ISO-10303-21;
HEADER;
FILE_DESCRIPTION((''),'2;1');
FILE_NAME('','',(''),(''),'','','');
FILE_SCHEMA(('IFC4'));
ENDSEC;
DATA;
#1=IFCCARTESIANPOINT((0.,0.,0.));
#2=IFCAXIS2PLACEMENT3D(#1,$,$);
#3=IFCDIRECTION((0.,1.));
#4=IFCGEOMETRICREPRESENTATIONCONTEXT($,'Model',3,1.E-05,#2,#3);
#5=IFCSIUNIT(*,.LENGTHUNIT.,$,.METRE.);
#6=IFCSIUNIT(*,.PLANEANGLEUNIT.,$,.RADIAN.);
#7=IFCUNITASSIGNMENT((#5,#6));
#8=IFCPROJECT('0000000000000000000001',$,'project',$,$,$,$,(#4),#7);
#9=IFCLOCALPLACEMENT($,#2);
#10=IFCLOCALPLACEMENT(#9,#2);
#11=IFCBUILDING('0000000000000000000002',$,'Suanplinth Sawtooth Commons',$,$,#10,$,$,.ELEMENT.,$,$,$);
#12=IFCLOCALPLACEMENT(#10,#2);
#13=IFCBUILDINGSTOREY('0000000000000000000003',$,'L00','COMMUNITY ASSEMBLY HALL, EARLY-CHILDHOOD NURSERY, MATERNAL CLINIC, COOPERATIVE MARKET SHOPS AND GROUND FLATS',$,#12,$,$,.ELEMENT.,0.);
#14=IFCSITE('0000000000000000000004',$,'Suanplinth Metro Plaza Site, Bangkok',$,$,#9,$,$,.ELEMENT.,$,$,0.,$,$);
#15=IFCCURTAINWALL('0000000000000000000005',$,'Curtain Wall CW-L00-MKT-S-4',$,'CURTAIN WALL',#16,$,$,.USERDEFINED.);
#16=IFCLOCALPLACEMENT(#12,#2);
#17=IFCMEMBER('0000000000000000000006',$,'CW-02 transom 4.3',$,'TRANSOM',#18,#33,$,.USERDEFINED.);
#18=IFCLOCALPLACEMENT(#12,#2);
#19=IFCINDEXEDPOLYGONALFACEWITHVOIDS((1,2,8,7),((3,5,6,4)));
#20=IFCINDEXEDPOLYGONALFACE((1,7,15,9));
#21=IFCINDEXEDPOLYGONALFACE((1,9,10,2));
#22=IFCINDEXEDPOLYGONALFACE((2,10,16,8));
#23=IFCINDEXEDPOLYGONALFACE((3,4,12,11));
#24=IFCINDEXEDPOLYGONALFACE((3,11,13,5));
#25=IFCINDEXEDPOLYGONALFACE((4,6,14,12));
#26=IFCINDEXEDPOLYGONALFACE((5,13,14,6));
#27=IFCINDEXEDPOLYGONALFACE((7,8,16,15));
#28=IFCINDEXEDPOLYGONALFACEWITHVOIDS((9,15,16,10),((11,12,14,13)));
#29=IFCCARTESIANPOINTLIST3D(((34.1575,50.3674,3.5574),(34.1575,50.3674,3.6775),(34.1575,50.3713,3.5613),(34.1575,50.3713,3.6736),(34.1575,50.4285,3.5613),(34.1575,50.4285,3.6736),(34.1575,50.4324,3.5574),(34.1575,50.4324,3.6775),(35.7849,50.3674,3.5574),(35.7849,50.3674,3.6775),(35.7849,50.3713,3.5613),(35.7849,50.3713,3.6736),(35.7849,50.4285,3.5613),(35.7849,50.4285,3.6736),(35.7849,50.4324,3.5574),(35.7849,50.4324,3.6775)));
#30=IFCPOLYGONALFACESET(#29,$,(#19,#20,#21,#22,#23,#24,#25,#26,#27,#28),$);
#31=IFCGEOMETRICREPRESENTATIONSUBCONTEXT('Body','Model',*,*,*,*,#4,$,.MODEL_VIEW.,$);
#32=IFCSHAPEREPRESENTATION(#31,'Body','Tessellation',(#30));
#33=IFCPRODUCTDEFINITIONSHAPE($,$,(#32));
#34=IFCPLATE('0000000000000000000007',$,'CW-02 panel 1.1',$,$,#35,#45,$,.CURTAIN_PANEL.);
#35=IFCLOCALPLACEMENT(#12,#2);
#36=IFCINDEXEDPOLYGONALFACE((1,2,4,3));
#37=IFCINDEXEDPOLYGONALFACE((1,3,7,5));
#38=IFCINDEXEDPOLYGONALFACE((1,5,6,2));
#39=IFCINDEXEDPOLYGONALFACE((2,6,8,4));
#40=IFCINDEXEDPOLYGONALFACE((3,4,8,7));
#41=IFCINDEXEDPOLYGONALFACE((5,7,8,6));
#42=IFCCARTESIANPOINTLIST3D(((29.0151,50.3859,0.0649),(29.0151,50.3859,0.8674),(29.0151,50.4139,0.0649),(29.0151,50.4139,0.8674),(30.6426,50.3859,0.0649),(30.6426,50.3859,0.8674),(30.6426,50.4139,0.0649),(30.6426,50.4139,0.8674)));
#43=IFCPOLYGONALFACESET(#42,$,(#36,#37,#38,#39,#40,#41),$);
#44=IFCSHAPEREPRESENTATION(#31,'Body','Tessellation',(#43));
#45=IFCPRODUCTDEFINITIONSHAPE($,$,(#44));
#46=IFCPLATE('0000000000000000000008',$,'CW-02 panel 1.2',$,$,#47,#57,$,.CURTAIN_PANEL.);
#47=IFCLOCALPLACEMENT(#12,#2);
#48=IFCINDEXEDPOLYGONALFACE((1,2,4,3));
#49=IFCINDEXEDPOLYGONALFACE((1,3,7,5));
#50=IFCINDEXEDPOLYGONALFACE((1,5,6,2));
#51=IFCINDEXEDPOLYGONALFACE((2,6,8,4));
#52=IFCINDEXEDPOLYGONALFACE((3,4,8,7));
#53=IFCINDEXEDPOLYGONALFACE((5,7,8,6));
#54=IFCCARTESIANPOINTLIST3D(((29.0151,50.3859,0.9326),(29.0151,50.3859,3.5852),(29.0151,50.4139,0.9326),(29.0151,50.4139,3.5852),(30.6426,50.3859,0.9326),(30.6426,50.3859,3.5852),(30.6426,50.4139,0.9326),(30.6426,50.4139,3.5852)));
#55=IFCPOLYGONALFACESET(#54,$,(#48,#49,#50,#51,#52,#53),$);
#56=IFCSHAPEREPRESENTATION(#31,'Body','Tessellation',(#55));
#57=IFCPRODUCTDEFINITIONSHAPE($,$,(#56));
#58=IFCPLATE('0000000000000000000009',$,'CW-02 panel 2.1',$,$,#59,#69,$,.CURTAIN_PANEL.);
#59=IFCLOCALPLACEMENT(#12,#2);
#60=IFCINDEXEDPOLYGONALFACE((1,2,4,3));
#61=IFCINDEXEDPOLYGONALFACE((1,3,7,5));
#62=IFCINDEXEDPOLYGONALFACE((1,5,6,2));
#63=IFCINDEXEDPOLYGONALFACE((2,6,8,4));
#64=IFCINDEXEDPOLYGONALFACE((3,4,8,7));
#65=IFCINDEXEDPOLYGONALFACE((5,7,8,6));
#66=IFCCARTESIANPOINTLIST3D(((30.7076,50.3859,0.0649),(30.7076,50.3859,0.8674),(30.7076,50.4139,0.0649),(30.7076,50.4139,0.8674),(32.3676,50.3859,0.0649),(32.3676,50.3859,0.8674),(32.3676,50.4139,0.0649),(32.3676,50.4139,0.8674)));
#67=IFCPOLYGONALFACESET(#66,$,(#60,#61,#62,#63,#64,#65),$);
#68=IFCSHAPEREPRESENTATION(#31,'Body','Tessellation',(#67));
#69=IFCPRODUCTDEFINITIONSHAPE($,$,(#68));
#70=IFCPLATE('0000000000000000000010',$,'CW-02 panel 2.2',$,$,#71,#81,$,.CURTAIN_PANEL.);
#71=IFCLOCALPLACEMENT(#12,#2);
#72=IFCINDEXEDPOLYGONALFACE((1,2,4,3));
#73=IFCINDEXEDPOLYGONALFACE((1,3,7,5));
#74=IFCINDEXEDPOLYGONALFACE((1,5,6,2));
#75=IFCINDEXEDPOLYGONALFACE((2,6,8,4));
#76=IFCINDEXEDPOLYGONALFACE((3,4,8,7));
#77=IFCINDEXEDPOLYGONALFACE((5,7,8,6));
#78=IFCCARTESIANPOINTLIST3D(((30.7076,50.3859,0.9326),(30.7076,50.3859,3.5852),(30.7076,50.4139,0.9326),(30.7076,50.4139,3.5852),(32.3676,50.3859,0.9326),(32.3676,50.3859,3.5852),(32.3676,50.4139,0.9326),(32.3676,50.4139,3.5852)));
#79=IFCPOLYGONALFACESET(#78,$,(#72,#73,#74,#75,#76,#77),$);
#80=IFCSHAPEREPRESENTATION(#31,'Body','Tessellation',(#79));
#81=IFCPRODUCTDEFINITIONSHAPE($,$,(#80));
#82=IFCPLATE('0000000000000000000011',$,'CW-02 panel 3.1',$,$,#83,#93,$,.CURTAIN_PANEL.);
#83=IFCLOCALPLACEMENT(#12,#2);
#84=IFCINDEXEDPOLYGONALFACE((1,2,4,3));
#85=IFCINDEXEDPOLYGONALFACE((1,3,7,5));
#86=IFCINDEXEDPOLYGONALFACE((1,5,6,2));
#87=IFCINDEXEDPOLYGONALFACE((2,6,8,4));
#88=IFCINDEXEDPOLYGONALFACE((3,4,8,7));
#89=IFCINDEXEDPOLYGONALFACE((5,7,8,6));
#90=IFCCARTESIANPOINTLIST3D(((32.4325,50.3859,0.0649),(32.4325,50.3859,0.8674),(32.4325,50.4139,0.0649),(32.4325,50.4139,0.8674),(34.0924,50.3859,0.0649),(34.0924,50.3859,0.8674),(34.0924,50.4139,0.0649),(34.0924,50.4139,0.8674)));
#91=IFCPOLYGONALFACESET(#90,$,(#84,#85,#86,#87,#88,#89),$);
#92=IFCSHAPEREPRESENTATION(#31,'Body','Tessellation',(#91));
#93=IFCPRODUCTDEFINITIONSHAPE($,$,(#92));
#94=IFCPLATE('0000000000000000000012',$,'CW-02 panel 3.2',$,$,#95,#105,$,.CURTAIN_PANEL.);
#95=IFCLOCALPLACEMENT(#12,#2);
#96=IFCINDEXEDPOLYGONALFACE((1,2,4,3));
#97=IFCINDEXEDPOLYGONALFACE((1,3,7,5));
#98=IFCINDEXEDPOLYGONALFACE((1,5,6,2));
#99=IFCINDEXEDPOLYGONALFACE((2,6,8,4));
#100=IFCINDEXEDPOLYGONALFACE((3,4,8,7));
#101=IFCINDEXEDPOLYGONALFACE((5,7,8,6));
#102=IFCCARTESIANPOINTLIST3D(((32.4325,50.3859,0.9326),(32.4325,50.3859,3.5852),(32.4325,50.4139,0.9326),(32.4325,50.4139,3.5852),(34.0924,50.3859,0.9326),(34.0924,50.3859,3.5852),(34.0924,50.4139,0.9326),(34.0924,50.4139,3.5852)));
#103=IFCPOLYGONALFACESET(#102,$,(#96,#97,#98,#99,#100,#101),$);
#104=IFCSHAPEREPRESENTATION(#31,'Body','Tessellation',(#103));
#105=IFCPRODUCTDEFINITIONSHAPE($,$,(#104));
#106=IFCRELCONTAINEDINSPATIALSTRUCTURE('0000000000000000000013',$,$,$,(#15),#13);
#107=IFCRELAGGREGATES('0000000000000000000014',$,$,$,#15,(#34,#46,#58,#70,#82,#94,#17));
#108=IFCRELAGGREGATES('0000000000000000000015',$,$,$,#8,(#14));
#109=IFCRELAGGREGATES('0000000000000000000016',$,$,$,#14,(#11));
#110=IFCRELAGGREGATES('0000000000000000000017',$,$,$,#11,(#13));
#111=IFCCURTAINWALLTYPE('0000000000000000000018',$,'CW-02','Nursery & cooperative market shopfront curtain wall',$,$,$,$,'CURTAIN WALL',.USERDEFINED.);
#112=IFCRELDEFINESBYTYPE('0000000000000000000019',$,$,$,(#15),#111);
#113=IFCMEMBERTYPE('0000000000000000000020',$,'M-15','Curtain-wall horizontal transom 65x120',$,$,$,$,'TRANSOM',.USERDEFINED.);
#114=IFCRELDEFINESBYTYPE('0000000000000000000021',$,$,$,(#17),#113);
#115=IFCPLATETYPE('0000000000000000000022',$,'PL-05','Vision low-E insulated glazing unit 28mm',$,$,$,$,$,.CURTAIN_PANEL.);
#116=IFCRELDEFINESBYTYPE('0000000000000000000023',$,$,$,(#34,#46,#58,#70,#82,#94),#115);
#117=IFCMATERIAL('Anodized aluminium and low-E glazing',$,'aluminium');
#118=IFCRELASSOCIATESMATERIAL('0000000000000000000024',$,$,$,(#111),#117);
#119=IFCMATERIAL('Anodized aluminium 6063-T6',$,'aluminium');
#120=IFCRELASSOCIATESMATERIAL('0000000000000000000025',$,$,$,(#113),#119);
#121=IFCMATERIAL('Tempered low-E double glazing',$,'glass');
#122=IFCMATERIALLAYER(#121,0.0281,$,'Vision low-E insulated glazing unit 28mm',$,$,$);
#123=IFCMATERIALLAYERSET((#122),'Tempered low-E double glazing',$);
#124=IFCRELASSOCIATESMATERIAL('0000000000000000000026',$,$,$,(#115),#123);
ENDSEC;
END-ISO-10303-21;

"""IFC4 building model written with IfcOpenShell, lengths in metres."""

from ifc_helpers import new_model, si_unit, direction, frame, origin, origin_2d, place, context, subcontext, project, spatial, rectangle, hollow_rectangle, extrude, material, layer, layer_set, material_profile, profile_set, type_object, element, aggregate, save


model = new_model("IFC4")

# Units and contexts
model_context = context("Model", 3, precision=1e-05, world=origin(), true_north=direction((0.0, 1.0)))
body_context = subcontext(model_context, "Body", "Model", "MODEL_VIEW")
ifc_project = project(units=[si_unit("LENGTHUNIT", "METRE"), si_unit("PLANEANGLEUNIT", "RADIAN")], contexts=[model_context])

# Site, building, storey
site_placement = place(None, origin())
site = spatial("IfcSite", under=ifc_project, at=site_placement, Name="Suanplinth Metro Plaza Site, Bangkok", CompositionType="ELEMENT", RefElevation=0.0)
building_placement = place(site_placement, origin())
building = spatial("IfcBuilding", under=site, at=building_placement, Name="Suanplinth Sawtooth Commons", CompositionType="ELEMENT")
storey_placement = place(building_placement, origin())
storey = spatial("IfcBuildingStorey", under=building, at=storey_placement, Name="L00", Description="COMMUNITY ASSEMBLY HALL, EARLY-CHILDHOOD NURSERY, MATERNAL CLINIC, COOPERATIVE MARKET SHOPS AND GROUND FLATS", CompositionType="ELEMENT", Elevation=0.0)

# Curtain wall, member, plates
ifc_material_1 = material(Name="Anodized aluminium and low-E glazing", Category="aluminium")
curtain_wall_type = type_object("IfcCurtainWallType", Name="CW-02", Description="Nursery & cooperative market shopfront curtain wall", ElementType="CURTAIN WALL", PredefinedType="USERDEFINED", material=ifc_material_1)
curtain_wall_placement = place(storey_placement, origin())
curtain_wall = element("IfcCurtainWall", 1, at=curtain_wall_placement, inside=storey, type_object=curtain_wall_type, Name="Curtain Wall CW-L00-MKT-S-4", ObjectType="CURTAIN WALL", PredefinedType="USERDEFINED")
ifc_material_2 = material(Name="Anodized aluminium 6063-T6", Category="aluminium")
ifc_material_profile_1 = material_profile(ifc_material_2, hollow_rectangle(XDim=0.0649, YDim=0.1201, WallThickness=0.0039, at=origin_2d()), Name="ALU-TRN 65x120")
ifc_profile_set_1 = profile_set([ifc_material_profile_1], Name="Anodized aluminium 6063-T6")
member_type_1 = type_object("IfcMemberType", Name="M-15", Description="Curtain-wall horizontal transom 65x120", ElementType="TRANSOM", PredefinedType="USERDEFINED", material=ifc_profile_set_1)
member_1_placement = place(storey_placement, frame((34.1575, 50.3999, 3.6174), z_axis=(1.0, 0.0, 0.0), x_axis=(0.0, 1.0, 0.0)))
member_1 = element("IfcMember", 2, at=member_1_placement, type_object=member_type_1, Name="CW-02 transom 4.3", ObjectType="TRANSOM", PredefinedType="USERDEFINED", context=body_context, shape_type="SweptSolid", body=[
    extrude(hollow_rectangle(XDim=0.0649, YDim=0.1201, WallThickness=0.0039, at=origin_2d()), origin(), (0.0, 0.0, 1.0), 1.6274),
])
ifc_material_3 = material(Name="Tempered low-E double glazing", Category="glass")
ifc_layer = layer(ifc_material_3, 0.0281, Name="Vision low-E insulated glazing unit 28mm")
ifc_layer_set = layer_set([ifc_layer], Name="Tempered low-E double glazing")
plate_type = type_object("IfcPlateType", Name="PL-05", Description="Vision low-E insulated glazing unit 28mm", PredefinedType="CURTAIN_PANEL", material=ifc_layer_set)
plate_1_placement = place(storey_placement, frame((29.8289, 50.3999, 0.0649), z_axis=(0.0, 0.0, 1.0), x_axis=(1.0, 0.0, 0.0)))
plate_1 = element("IfcPlate", 3, at=plate_1_placement, type_object=plate_type, Name="CW-02 panel 1.1", PredefinedType="CURTAIN_PANEL", context=body_context, shape_type="SweptSolid", body=[
    extrude(rectangle(XDim=1.6274, YDim=0.0281, at=origin_2d()), origin(), (0.0, 0.0, 1.0), 0.8025),
])
plate_2_placement = place(storey_placement, frame((29.8289, 50.3999, 0.9326), z_axis=(0.0, 0.0, 1.0), x_axis=(1.0, 0.0, 0.0)))
plate_2 = element("IfcPlate", 4, at=plate_2_placement, type_object=plate_type, Name="CW-02 panel 1.2", PredefinedType="CURTAIN_PANEL", context=body_context, shape_type="SweptSolid", body=[
    extrude(rectangle(XDim=1.6274, YDim=0.0281, at=origin_2d()), origin(), (0.0, 0.0, 1.0), 2.6526),
])
plate_3_placement = place(storey_placement, frame((31.5376, 50.3999, 0.0649), z_axis=(0.0, 0.0, 1.0), x_axis=(1.0, 0.0, 0.0)))
plate_3 = element("IfcPlate", 5, at=plate_3_placement, type_object=plate_type, Name="CW-02 panel 2.1", PredefinedType="CURTAIN_PANEL", context=body_context, shape_type="SweptSolid", body=[
    extrude(rectangle(XDim=1.6599, YDim=0.0281, at=origin_2d()), origin(), (0.0, 0.0, 1.0), 0.8025),
])
plate_4_placement = place(storey_placement, frame((31.5376, 50.3999, 0.9326), z_axis=(0.0, 0.0, 1.0), x_axis=(1.0, 0.0, 0.0)))
plate_4 = element("IfcPlate", 6, at=plate_4_placement, type_object=plate_type, Name="CW-02 panel 2.2", PredefinedType="CURTAIN_PANEL", context=body_context, shape_type="SweptSolid", body=[
    extrude(rectangle(XDim=1.6599, YDim=0.0281, at=origin_2d()), origin(), (0.0, 0.0, 1.0), 2.6526),
])
plate_5_placement = place(storey_placement, frame((33.2625, 50.3999, 0.0649), z_axis=(0.0, 0.0, 1.0), x_axis=(1.0, 0.0, 0.0)))
plate_5 = element("IfcPlate", 7, at=plate_5_placement, type_object=plate_type, Name="CW-02 panel 3.1", PredefinedType="CURTAIN_PANEL", context=body_context, shape_type="SweptSolid", body=[
    extrude(rectangle(XDim=1.6599, YDim=0.0281, at=origin_2d()), origin(), (0.0, 0.0, 1.0), 0.8025),
])
plate_6_placement = place(storey_placement, frame((33.2625, 50.3999, 0.9326), z_axis=(0.0, 0.0, 1.0), x_axis=(1.0, 0.0, 0.0)))
plate_6 = element("IfcPlate", 8, at=plate_6_placement, type_object=plate_type, Name="CW-02 panel 3.2", PredefinedType="CURTAIN_PANEL", context=body_context, shape_type="SweptSolid", body=[
    extrude(rectangle(XDim=1.6599, YDim=0.0281, at=origin_2d()), origin(), (0.0, 0.0, 1.0), 2.6526),
])
aggregate(curtain_wall, [plate_1, plate_2, plate_3, plate_4, plate_5, plate_6, member_1])

save(model, "model.ifc")
